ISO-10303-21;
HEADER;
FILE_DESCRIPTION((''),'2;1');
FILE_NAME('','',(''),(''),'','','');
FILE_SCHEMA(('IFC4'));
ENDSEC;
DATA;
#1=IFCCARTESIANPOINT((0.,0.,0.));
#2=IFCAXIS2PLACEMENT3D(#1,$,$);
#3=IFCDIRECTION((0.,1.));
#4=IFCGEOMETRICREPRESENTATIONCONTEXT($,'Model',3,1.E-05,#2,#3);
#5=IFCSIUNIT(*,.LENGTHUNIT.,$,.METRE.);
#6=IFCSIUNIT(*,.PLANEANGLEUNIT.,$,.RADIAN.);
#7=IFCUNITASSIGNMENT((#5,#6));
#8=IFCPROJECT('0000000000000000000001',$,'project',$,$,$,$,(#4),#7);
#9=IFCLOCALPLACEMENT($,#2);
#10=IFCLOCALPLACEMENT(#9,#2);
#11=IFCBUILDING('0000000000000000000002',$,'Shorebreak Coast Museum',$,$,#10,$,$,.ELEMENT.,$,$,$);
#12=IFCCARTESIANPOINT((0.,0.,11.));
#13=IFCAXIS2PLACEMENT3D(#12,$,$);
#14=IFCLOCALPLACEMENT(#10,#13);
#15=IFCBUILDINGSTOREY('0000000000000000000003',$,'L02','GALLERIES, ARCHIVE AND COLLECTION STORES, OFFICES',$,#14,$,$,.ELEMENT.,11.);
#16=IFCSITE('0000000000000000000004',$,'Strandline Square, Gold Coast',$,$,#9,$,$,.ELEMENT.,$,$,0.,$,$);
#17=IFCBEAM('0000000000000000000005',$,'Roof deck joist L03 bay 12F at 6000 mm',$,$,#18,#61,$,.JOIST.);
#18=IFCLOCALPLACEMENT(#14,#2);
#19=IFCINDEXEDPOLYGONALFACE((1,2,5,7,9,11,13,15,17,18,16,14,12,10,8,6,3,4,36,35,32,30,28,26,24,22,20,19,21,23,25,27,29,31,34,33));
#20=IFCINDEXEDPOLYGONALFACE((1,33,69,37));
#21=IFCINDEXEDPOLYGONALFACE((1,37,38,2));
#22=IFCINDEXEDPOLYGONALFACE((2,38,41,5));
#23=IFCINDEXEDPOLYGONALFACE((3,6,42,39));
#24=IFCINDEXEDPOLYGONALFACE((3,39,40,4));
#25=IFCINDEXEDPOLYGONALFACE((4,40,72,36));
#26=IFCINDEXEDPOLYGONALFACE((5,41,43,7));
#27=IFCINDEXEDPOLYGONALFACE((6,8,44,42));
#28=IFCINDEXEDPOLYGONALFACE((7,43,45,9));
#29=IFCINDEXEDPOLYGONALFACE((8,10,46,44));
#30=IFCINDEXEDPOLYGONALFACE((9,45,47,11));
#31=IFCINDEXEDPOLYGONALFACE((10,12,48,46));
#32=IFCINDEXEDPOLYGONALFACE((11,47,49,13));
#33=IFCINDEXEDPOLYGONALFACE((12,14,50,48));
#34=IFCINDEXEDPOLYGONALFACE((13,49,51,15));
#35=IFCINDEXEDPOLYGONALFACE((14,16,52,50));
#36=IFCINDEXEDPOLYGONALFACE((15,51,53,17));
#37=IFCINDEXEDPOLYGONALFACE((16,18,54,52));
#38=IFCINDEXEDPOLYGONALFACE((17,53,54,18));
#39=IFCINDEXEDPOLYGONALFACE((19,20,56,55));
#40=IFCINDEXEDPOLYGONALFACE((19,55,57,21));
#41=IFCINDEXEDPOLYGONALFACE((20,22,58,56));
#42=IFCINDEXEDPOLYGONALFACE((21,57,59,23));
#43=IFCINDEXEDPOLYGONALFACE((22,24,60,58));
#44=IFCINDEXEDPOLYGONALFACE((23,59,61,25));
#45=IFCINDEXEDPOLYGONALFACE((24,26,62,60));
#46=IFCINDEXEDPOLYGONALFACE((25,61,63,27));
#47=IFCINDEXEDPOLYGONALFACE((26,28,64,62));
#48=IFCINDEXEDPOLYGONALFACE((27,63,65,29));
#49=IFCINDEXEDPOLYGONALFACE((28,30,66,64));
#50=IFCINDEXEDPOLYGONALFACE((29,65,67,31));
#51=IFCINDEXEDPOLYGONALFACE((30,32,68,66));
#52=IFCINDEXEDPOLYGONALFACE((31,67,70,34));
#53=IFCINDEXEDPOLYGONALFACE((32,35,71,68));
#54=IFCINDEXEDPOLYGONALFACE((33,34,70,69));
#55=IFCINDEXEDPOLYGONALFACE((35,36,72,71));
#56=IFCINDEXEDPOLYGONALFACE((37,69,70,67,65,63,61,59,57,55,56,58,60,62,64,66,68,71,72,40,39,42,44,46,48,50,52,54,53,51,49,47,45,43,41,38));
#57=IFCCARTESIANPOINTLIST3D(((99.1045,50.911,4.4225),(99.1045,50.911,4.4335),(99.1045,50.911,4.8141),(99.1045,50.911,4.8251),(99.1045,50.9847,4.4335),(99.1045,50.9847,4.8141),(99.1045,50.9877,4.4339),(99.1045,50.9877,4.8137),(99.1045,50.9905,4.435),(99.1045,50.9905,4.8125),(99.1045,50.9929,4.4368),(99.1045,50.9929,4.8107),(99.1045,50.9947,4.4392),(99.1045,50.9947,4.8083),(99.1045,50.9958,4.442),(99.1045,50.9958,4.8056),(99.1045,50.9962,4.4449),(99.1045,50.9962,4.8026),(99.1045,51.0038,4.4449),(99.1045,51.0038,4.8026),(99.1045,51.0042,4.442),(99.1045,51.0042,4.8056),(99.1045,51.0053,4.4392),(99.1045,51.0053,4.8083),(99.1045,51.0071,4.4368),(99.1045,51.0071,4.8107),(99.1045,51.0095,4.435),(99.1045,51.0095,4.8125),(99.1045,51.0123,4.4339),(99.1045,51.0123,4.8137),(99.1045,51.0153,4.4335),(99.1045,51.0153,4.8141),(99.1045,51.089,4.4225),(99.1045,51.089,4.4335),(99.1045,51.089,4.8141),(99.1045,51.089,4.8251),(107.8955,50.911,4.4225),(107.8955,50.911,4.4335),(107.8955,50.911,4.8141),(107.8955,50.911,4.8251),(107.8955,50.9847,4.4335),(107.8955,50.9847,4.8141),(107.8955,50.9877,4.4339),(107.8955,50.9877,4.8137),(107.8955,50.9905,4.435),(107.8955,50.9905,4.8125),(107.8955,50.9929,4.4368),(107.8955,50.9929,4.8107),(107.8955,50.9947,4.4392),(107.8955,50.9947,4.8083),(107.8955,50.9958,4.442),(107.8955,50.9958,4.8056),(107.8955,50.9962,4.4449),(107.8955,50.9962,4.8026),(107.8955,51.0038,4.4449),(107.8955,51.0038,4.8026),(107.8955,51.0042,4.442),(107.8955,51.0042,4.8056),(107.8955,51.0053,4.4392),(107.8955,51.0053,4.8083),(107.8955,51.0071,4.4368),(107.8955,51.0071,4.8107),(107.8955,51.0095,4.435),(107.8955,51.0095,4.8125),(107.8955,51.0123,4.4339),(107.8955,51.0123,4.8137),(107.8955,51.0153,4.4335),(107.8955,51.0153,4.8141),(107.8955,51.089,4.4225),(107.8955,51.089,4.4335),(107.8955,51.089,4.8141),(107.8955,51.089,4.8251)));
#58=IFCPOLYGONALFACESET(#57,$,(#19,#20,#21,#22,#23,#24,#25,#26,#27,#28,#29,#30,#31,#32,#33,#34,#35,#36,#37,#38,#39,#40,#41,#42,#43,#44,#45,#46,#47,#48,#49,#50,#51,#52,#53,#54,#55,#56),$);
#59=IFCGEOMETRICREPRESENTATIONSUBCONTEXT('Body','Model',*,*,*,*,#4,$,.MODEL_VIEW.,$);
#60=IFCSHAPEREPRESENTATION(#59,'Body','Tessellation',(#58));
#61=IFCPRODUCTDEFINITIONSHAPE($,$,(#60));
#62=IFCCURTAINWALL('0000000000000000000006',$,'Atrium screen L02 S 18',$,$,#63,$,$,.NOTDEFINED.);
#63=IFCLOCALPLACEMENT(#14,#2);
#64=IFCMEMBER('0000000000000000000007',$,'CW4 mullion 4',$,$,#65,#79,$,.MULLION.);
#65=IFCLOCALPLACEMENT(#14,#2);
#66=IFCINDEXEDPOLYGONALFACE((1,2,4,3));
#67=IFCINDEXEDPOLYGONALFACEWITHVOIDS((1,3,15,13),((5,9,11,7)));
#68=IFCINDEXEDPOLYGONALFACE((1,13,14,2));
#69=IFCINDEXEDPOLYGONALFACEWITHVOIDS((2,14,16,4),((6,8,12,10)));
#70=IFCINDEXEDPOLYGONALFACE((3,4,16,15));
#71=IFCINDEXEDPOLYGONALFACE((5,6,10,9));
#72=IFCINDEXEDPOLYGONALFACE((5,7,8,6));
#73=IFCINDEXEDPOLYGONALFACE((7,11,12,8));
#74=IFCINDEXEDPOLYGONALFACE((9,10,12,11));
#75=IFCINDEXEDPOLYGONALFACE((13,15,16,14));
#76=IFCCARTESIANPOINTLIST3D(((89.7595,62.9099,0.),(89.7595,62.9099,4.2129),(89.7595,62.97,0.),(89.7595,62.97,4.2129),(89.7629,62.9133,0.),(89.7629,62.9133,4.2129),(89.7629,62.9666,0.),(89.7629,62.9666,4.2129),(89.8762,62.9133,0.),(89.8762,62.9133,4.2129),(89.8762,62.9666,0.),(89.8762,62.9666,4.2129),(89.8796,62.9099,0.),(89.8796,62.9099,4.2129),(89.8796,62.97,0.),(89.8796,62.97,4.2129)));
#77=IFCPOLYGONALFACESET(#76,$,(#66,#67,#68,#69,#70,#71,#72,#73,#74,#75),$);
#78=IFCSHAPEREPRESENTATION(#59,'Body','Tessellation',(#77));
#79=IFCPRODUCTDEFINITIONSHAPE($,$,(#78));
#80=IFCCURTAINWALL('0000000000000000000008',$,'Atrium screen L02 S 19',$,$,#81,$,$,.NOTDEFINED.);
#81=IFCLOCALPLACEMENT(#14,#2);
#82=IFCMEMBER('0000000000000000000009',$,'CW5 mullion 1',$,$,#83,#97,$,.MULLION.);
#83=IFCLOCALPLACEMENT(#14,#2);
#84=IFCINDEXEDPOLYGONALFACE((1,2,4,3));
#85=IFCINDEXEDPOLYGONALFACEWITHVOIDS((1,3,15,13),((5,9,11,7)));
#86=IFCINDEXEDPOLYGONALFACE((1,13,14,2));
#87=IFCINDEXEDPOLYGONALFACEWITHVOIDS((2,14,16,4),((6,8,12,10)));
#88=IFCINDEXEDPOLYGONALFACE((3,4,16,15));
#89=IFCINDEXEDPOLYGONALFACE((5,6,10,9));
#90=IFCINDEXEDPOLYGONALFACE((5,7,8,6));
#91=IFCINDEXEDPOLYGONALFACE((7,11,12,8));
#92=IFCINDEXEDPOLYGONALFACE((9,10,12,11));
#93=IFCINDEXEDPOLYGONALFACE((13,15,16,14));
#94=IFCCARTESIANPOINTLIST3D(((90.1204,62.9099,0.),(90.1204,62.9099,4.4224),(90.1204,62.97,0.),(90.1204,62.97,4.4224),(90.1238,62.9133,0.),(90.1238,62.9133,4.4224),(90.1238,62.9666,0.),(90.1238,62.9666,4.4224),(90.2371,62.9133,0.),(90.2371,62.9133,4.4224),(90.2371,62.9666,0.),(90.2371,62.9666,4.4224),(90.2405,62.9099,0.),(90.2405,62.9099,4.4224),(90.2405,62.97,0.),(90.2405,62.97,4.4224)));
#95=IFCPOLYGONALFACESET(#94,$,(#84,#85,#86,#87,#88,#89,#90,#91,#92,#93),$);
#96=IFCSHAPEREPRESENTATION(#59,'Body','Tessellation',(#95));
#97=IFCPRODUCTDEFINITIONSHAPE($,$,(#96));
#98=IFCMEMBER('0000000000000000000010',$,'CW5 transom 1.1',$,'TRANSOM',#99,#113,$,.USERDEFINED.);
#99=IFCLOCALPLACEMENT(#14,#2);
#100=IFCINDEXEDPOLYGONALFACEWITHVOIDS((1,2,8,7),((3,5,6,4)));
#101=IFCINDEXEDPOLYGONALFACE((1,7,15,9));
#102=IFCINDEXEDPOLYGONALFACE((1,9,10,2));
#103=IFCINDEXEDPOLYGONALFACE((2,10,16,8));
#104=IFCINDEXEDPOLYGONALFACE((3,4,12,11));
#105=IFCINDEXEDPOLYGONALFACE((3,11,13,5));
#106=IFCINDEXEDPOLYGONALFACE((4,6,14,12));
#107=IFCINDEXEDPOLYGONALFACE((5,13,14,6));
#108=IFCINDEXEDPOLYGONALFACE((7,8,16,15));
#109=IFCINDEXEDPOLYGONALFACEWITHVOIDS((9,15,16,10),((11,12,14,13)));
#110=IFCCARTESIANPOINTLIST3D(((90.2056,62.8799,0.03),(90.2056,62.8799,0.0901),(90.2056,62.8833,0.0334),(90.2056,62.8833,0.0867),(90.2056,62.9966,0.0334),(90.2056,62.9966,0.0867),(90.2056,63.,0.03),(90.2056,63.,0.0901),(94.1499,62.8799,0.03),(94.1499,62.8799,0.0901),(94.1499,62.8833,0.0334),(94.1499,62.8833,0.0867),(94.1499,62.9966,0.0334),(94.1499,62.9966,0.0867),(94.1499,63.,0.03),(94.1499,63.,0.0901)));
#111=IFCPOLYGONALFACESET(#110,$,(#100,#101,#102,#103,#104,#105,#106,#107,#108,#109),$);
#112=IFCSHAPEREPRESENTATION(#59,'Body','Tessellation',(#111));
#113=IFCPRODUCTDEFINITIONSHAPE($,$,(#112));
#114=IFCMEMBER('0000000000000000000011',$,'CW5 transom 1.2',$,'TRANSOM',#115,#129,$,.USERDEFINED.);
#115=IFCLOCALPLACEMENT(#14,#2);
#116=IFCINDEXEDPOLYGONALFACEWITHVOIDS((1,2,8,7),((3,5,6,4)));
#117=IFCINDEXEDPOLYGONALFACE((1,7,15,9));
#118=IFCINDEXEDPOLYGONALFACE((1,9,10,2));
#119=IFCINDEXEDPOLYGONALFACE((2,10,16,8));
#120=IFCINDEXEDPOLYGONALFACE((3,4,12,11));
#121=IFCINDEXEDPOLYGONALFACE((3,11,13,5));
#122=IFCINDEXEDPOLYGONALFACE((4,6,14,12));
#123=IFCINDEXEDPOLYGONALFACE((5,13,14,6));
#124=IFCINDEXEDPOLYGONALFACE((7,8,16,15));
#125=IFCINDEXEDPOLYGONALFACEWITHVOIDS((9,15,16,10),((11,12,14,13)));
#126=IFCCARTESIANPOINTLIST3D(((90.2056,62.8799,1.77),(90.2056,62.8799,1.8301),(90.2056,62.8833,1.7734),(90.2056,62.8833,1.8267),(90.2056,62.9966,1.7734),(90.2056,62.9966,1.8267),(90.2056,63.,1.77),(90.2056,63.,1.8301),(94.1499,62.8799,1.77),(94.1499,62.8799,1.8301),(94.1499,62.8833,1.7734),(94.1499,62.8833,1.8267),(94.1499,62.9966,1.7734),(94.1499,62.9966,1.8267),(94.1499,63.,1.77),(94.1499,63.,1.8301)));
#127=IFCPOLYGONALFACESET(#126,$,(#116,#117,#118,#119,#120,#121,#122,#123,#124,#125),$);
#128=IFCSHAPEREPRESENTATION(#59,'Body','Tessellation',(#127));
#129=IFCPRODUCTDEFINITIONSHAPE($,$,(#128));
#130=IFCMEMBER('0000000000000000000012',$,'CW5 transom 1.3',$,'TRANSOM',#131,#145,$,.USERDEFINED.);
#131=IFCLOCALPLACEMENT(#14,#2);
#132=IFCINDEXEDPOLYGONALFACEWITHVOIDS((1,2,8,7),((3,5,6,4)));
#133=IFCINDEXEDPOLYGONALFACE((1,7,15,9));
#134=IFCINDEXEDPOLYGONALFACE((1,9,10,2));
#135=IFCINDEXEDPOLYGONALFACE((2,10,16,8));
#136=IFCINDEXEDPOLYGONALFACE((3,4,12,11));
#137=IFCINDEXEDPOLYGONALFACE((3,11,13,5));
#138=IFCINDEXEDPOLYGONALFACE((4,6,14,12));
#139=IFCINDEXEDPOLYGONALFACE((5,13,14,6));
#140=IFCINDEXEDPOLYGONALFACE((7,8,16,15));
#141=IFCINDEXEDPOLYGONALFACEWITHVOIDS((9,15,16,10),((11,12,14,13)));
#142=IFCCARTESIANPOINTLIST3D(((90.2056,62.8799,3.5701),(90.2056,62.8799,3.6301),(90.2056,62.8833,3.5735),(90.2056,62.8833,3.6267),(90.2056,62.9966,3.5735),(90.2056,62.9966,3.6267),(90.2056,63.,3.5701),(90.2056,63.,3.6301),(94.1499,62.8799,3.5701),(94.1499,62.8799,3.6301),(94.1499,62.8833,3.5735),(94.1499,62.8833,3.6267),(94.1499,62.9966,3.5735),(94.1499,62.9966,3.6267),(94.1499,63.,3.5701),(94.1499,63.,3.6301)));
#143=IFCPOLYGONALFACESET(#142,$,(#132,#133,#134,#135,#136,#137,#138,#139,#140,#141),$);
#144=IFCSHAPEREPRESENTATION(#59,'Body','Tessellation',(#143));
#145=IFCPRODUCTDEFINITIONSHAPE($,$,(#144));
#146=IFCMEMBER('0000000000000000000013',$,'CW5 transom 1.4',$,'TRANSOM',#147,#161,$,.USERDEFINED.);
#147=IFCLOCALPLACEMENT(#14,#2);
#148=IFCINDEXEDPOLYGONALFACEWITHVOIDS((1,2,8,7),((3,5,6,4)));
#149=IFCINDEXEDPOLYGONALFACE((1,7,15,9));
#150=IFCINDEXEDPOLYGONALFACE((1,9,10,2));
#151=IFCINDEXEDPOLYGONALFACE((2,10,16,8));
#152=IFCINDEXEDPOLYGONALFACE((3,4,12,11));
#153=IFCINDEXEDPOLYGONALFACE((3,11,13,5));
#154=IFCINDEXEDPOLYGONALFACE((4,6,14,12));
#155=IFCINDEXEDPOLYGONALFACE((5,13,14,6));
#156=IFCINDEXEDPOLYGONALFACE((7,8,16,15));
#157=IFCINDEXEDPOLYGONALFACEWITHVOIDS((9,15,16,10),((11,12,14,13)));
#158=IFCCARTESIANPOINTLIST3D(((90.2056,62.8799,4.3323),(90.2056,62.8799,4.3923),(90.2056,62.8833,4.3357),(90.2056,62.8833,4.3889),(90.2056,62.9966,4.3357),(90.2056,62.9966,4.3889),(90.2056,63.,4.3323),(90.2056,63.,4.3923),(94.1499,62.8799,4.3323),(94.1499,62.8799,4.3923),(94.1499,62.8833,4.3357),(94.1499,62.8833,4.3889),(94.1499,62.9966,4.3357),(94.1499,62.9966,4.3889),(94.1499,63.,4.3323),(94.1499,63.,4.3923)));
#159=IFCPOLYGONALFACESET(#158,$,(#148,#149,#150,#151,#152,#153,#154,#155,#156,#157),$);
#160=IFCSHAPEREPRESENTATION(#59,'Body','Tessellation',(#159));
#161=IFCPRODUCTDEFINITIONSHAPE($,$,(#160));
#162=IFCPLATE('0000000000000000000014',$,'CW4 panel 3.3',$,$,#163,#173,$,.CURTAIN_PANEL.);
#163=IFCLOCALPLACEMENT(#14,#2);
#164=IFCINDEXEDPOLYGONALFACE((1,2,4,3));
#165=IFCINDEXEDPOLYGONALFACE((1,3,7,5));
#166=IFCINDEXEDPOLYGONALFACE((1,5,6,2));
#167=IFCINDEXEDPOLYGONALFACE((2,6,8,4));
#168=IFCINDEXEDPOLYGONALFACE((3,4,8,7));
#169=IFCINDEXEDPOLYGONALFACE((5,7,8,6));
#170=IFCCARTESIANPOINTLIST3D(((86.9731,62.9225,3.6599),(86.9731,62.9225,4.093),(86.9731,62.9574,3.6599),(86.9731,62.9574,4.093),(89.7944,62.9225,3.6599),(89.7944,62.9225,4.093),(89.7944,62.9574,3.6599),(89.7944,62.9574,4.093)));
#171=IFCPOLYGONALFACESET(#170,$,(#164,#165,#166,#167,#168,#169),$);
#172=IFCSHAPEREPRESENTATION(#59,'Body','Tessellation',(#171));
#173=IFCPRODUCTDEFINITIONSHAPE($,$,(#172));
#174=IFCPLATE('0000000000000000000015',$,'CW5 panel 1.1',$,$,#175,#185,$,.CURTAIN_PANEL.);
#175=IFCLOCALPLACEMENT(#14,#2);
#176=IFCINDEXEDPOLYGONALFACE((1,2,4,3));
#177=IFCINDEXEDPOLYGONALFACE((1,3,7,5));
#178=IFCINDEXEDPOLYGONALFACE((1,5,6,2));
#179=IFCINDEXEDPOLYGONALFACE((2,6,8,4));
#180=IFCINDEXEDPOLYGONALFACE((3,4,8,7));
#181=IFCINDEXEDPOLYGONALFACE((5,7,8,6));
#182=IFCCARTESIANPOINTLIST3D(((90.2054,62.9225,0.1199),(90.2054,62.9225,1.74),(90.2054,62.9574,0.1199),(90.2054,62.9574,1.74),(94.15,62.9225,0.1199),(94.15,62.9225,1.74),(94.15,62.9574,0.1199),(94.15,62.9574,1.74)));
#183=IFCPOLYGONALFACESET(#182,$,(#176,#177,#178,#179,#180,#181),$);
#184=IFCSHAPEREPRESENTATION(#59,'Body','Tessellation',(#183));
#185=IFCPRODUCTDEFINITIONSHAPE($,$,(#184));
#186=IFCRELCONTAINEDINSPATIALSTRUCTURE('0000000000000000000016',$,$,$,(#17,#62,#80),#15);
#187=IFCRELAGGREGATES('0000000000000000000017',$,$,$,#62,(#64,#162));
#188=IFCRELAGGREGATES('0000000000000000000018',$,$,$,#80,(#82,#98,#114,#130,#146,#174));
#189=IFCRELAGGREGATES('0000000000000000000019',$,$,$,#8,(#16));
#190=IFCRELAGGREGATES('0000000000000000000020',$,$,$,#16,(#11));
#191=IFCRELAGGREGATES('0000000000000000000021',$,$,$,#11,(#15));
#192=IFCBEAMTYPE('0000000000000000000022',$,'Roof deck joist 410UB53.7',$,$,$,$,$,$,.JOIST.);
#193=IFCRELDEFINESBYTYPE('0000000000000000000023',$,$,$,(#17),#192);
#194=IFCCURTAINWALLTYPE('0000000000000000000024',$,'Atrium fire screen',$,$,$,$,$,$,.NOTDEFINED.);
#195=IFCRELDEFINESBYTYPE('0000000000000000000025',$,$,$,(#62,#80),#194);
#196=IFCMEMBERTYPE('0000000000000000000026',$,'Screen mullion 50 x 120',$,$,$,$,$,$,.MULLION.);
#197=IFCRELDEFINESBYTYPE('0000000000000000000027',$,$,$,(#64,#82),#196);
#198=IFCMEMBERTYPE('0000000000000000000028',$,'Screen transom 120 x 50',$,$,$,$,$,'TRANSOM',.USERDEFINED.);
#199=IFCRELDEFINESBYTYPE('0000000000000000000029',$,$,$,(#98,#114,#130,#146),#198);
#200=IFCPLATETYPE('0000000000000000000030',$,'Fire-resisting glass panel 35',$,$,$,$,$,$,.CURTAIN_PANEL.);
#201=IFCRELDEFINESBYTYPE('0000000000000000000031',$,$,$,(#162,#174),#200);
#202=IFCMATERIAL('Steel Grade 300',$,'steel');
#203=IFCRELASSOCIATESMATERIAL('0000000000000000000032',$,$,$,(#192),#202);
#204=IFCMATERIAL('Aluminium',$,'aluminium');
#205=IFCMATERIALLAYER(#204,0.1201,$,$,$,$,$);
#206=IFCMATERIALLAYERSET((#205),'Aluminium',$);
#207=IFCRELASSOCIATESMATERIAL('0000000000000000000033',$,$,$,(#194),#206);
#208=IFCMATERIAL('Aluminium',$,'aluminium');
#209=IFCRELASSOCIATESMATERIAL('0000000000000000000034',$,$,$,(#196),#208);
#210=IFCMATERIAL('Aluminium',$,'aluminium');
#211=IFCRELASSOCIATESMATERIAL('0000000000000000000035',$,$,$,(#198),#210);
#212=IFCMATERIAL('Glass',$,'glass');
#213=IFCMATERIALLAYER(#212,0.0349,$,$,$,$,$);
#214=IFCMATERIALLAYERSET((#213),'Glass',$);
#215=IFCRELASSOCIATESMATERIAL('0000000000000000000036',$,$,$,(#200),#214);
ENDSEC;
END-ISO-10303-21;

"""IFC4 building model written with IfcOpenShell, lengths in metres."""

from ifc_helpers import new_model, si_unit, direction, frame, origin, origin_2d, place, context, subcontext, project, spatial, rectangle, hollow_rectangle, i_section, extrude, material, layer, layer_set, material_profile, profile_set, type_object, element, aggregate, save


model = new_model("IFC4")

# Units and contexts
model_context = context("Model", 3, precision=1e-05, world=origin(), true_north=direction((0.0, 1.0)))
body_context = subcontext(model_context, "Body", "Model", "MODEL_VIEW")
ifc_project = project(units=[si_unit("LENGTHUNIT", "METRE"), si_unit("PLANEANGLEUNIT", "RADIAN")], contexts=[model_context])

# Site, building, storey
site_placement = place(None, origin())
site = spatial("IfcSite", under=ifc_project, at=site_placement, Name="Strandline Square, Gold Coast", CompositionType="ELEMENT", RefElevation=0.0)
building_placement = place(site_placement, origin())
building = spatial("IfcBuilding", under=site, at=building_placement, Name="Shorebreak Coast Museum", CompositionType="ELEMENT")
storey_placement = place(building_placement, frame((0.0, 0.0, 11.0)))
storey = spatial("IfcBuildingStorey", under=building, at=storey_placement, Name="L02", Description="GALLERIES, ARCHIVE AND COLLECTION STORES, OFFICES", CompositionType="ELEMENT", Elevation=11.0)

# Beam
ifc_material_1 = material(Name="Steel Grade 300", Category="steel")
ifc_material_profile_1 = material_profile(ifc_material_1, i_section(OverallWidth=0.178, OverallDepth=0.4026, WebThickness=0.0076, FlangeThickness=0.011, FilletRadius=0.0115, at=origin_2d()), Name="410UB53.7")
ifc_profile_set_1 = profile_set([ifc_material_profile_1], Name="Steel Grade 300")
beam_type_1 = type_object("IfcBeamType", Name="Roof deck joist 410UB53.7", PredefinedType="JOIST", material=ifc_profile_set_1)
for number, where, z_axis, x_axis, name in (
    (1, (99.1045, 51.0, 4.6238), (1.0, 0.0, 0.0), (0.0, 1.0, 0.0), "Roof deck joist L03 bay 12F at 6000 mm"),
):
    element("IfcBeam", number, at=place(storey_placement, frame(where, z_axis=z_axis, x_axis=x_axis)), inside=storey, type_object=beam_type_1, Name=name, PredefinedType="JOIST", context=body_context, shape_type="SweptSolid", body=[
        extrude(i_section(OverallWidth=0.178, OverallDepth=0.4026, WebThickness=0.0076, FlangeThickness=0.011, FilletRadius=0.0115, at=origin_2d()), origin(), (0.0, 0.0, 1.0), 8.791),
    ])

# Curtain wall, member
ifc_material_2 = material(Name="Aluminium", Category="aluminium")
ifc_layer_1 = layer(ifc_material_2, 0.1201)
ifc_layer_set_1 = layer_set([ifc_layer_1], Name="Aluminium")
curtain_wall_type = type_object("IfcCurtainWallType", Name="Atrium fire screen", PredefinedType="NOTDEFINED", material=ifc_layer_set_1)
curtain_wall_1_placement = place(storey_placement, origin())
curtain_wall_1 = element("IfcCurtainWall", 2, at=curtain_wall_1_placement, inside=storey, type_object=curtain_wall_type, Name="Atrium screen L02 S 18", PredefinedType="NOTDEFINED")
ifc_material_3 = material(Name="Aluminium", Category="aluminium")
ifc_material_profile_2 = material_profile(ifc_material_3, hollow_rectangle(XDim=0.0601, YDim=0.1201, WallThickness=0.0034, at=origin_2d()), Name="AL 120x60 RHS")
ifc_profile_set_2 = profile_set([ifc_material_profile_2], Name="Aluminium")
member_type_1 = type_object("IfcMemberType", Name="Screen mullion 50 x 120", PredefinedType="MULLION", material=ifc_profile_set_2)
member_1_placement = place(storey_placement, frame((89.8196, 62.9399, 0.0), z_axis=(0.0, 0.0, 1.0), x_axis=(0.0, 1.0, 0.0)))
member_1 = element("IfcMember", 3, at=member_1_placement, type_object=member_type_1, Name="CW4 mullion 4", PredefinedType="MULLION", context=body_context, shape_type="SweptSolid", body=[
    extrude(hollow_rectangle(XDim=0.0601, YDim=0.1201, WallThickness=0.0034, at=origin_2d()), origin(), (0.0, 0.0, 1.0), 4.2129),
])

# Curtain wall, members
curtain_wall_2_placement = place(storey_placement, origin())
curtain_wall_2 = element("IfcCurtainWall", 4, at=curtain_wall_2_placement, inside=storey, type_object=curtain_wall_type, Name="Atrium screen L02 S 19", PredefinedType="NOTDEFINED")
member_2_placement = place(storey_placement, frame((90.1804, 62.9399, 0.0), z_axis=(0.0, 0.0, 1.0), x_axis=(0.0, 1.0, 0.0)))
member_2 = element("IfcMember", 5, at=member_2_placement, type_object=member_type_1, Name="CW5 mullion 1", PredefinedType="MULLION", context=body_context, shape_type="SweptSolid", body=[
    extrude(hollow_rectangle(XDim=0.0601, YDim=0.1201, WallThickness=0.0034, at=origin_2d()), origin(), (0.0, 0.0, 1.0), 4.4224),
])
ifc_material_4 = material(Name="Aluminium", Category="aluminium")
ifc_material_profile_3 = material_profile(ifc_material_4, hollow_rectangle(XDim=0.1201, YDim=0.0601, WallThickness=0.0034, at=origin_2d()), Name="AL 60x120 RHS")
ifc_profile_set_3 = profile_set([ifc_material_profile_3], Name="Aluminium")
member_type_2 = type_object("IfcMemberType", Name="Screen transom 120 x 50", ElementType="TRANSOM", PredefinedType="USERDEFINED", material=ifc_profile_set_3)
member_3_placement = place(storey_placement, frame((90.2056, 62.9399, 0.0601), z_axis=(1.0, 0.0, 0.0), x_axis=(0.0, 1.0, 0.0)))
member_3 = element("IfcMember", 6, at=member_3_placement, type_object=member_type_2, Name="CW5 transom 1.1", ObjectType="TRANSOM", PredefinedType="USERDEFINED", context=body_context, shape_type="SweptSolid", body=[
    extrude(hollow_rectangle(XDim=0.1201, YDim=0.0601, WallThickness=0.0034, at=origin_2d()), origin(), (0.0, 0.0, 1.0), 3.9443),
])
member_4_placement = place(storey_placement, frame((90.2056, 62.9399, 1.8), z_axis=(1.0, 0.0, 0.0), x_axis=(0.0, 1.0, 0.0)))
member_4 = element("IfcMember", 7, at=member_4_placement, type_object=member_type_2, Name="CW5 transom 1.2", ObjectType="TRANSOM", PredefinedType="USERDEFINED", context=body_context, shape_type="SweptSolid", body=[
    extrude(hollow_rectangle(XDim=0.1201, YDim=0.0601, WallThickness=0.0034, at=origin_2d()), origin(), (0.0, 0.0, 1.0), 3.9443),
])
member_5_placement = place(storey_placement, frame((90.2056, 62.9399, 3.6001), z_axis=(1.0, 0.0, 0.0), x_axis=(0.0, 1.0, 0.0)))
member_5 = element("IfcMember", 8, at=member_5_placement, type_object=member_type_2, Name="CW5 transom 1.3", ObjectType="TRANSOM", PredefinedType="USERDEFINED", context=body_context, shape_type="SweptSolid", body=[
    extrude(hollow_rectangle(XDim=0.1201, YDim=0.0601, WallThickness=0.0034, at=origin_2d()), origin(), (0.0, 0.0, 1.0), 3.9443),
])
member_6_placement = place(storey_placement, frame((90.2056, 62.9399, 4.3623), z_axis=(1.0, 0.0, 0.0), x_axis=(0.0, 1.0, 0.0)))
member_6 = element("IfcMember", 9, at=member_6_placement, type_object=member_type_2, Name="CW5 transom 1.4", ObjectType="TRANSOM", PredefinedType="USERDEFINED", context=body_context, shape_type="SweptSolid", body=[
    extrude(hollow_rectangle(XDim=0.1201, YDim=0.0601, WallThickness=0.0034, at=origin_2d()), origin(), (0.0, 0.0, 1.0), 3.9443),
])

# Plates
ifc_material_5 = material(Name="Glass", Category="glass")
ifc_layer_2 = layer(ifc_material_5, 0.0349)
ifc_layer_set_2 = layer_set([ifc_layer_2], Name="Glass")
plate_type = type_object("IfcPlateType", Name="Fire-resisting glass panel 35", PredefinedType="CURTAIN_PANEL", material=ifc_layer_set_2)
plate_1_placement = place(storey_placement, frame((88.3838, 62.9399, 3.6599), z_axis=(0.0, 0.0, 1.0), x_axis=(1.0, 0.0, 0.0)))
plate_1 = element("IfcPlate", 10, at=plate_1_placement, type_object=plate_type, Name="CW4 panel 3.3", PredefinedType="CURTAIN_PANEL", context=body_context, shape_type="SweptSolid", body=[
    extrude(rectangle(XDim=2.8213, YDim=0.0349, at=origin_2d()), origin(), (0.0, 0.0, 1.0), 0.4331),
])
aggregate(curtain_wall_1, [member_1, plate_1])
plate_2_placement = place(storey_placement, frame((92.1777, 62.9399, 0.1199), z_axis=(0.0, 0.0, 1.0), x_axis=(1.0, 0.0, 0.0)))
plate_2 = element("IfcPlate", 11, at=plate_2_placement, type_object=plate_type, Name="CW5 panel 1.1", PredefinedType="CURTAIN_PANEL", context=body_context, shape_type="SweptSolid", body=[
    extrude(rectangle(XDim=3.9446, YDim=0.0349, at=origin_2d()), origin(), (0.0, 0.0, 1.0), 1.6201),
])
aggregate(curtain_wall_2, [member_2, member_3, member_4, member_5, member_6, plate_2])

save(model, "model.ifc")
